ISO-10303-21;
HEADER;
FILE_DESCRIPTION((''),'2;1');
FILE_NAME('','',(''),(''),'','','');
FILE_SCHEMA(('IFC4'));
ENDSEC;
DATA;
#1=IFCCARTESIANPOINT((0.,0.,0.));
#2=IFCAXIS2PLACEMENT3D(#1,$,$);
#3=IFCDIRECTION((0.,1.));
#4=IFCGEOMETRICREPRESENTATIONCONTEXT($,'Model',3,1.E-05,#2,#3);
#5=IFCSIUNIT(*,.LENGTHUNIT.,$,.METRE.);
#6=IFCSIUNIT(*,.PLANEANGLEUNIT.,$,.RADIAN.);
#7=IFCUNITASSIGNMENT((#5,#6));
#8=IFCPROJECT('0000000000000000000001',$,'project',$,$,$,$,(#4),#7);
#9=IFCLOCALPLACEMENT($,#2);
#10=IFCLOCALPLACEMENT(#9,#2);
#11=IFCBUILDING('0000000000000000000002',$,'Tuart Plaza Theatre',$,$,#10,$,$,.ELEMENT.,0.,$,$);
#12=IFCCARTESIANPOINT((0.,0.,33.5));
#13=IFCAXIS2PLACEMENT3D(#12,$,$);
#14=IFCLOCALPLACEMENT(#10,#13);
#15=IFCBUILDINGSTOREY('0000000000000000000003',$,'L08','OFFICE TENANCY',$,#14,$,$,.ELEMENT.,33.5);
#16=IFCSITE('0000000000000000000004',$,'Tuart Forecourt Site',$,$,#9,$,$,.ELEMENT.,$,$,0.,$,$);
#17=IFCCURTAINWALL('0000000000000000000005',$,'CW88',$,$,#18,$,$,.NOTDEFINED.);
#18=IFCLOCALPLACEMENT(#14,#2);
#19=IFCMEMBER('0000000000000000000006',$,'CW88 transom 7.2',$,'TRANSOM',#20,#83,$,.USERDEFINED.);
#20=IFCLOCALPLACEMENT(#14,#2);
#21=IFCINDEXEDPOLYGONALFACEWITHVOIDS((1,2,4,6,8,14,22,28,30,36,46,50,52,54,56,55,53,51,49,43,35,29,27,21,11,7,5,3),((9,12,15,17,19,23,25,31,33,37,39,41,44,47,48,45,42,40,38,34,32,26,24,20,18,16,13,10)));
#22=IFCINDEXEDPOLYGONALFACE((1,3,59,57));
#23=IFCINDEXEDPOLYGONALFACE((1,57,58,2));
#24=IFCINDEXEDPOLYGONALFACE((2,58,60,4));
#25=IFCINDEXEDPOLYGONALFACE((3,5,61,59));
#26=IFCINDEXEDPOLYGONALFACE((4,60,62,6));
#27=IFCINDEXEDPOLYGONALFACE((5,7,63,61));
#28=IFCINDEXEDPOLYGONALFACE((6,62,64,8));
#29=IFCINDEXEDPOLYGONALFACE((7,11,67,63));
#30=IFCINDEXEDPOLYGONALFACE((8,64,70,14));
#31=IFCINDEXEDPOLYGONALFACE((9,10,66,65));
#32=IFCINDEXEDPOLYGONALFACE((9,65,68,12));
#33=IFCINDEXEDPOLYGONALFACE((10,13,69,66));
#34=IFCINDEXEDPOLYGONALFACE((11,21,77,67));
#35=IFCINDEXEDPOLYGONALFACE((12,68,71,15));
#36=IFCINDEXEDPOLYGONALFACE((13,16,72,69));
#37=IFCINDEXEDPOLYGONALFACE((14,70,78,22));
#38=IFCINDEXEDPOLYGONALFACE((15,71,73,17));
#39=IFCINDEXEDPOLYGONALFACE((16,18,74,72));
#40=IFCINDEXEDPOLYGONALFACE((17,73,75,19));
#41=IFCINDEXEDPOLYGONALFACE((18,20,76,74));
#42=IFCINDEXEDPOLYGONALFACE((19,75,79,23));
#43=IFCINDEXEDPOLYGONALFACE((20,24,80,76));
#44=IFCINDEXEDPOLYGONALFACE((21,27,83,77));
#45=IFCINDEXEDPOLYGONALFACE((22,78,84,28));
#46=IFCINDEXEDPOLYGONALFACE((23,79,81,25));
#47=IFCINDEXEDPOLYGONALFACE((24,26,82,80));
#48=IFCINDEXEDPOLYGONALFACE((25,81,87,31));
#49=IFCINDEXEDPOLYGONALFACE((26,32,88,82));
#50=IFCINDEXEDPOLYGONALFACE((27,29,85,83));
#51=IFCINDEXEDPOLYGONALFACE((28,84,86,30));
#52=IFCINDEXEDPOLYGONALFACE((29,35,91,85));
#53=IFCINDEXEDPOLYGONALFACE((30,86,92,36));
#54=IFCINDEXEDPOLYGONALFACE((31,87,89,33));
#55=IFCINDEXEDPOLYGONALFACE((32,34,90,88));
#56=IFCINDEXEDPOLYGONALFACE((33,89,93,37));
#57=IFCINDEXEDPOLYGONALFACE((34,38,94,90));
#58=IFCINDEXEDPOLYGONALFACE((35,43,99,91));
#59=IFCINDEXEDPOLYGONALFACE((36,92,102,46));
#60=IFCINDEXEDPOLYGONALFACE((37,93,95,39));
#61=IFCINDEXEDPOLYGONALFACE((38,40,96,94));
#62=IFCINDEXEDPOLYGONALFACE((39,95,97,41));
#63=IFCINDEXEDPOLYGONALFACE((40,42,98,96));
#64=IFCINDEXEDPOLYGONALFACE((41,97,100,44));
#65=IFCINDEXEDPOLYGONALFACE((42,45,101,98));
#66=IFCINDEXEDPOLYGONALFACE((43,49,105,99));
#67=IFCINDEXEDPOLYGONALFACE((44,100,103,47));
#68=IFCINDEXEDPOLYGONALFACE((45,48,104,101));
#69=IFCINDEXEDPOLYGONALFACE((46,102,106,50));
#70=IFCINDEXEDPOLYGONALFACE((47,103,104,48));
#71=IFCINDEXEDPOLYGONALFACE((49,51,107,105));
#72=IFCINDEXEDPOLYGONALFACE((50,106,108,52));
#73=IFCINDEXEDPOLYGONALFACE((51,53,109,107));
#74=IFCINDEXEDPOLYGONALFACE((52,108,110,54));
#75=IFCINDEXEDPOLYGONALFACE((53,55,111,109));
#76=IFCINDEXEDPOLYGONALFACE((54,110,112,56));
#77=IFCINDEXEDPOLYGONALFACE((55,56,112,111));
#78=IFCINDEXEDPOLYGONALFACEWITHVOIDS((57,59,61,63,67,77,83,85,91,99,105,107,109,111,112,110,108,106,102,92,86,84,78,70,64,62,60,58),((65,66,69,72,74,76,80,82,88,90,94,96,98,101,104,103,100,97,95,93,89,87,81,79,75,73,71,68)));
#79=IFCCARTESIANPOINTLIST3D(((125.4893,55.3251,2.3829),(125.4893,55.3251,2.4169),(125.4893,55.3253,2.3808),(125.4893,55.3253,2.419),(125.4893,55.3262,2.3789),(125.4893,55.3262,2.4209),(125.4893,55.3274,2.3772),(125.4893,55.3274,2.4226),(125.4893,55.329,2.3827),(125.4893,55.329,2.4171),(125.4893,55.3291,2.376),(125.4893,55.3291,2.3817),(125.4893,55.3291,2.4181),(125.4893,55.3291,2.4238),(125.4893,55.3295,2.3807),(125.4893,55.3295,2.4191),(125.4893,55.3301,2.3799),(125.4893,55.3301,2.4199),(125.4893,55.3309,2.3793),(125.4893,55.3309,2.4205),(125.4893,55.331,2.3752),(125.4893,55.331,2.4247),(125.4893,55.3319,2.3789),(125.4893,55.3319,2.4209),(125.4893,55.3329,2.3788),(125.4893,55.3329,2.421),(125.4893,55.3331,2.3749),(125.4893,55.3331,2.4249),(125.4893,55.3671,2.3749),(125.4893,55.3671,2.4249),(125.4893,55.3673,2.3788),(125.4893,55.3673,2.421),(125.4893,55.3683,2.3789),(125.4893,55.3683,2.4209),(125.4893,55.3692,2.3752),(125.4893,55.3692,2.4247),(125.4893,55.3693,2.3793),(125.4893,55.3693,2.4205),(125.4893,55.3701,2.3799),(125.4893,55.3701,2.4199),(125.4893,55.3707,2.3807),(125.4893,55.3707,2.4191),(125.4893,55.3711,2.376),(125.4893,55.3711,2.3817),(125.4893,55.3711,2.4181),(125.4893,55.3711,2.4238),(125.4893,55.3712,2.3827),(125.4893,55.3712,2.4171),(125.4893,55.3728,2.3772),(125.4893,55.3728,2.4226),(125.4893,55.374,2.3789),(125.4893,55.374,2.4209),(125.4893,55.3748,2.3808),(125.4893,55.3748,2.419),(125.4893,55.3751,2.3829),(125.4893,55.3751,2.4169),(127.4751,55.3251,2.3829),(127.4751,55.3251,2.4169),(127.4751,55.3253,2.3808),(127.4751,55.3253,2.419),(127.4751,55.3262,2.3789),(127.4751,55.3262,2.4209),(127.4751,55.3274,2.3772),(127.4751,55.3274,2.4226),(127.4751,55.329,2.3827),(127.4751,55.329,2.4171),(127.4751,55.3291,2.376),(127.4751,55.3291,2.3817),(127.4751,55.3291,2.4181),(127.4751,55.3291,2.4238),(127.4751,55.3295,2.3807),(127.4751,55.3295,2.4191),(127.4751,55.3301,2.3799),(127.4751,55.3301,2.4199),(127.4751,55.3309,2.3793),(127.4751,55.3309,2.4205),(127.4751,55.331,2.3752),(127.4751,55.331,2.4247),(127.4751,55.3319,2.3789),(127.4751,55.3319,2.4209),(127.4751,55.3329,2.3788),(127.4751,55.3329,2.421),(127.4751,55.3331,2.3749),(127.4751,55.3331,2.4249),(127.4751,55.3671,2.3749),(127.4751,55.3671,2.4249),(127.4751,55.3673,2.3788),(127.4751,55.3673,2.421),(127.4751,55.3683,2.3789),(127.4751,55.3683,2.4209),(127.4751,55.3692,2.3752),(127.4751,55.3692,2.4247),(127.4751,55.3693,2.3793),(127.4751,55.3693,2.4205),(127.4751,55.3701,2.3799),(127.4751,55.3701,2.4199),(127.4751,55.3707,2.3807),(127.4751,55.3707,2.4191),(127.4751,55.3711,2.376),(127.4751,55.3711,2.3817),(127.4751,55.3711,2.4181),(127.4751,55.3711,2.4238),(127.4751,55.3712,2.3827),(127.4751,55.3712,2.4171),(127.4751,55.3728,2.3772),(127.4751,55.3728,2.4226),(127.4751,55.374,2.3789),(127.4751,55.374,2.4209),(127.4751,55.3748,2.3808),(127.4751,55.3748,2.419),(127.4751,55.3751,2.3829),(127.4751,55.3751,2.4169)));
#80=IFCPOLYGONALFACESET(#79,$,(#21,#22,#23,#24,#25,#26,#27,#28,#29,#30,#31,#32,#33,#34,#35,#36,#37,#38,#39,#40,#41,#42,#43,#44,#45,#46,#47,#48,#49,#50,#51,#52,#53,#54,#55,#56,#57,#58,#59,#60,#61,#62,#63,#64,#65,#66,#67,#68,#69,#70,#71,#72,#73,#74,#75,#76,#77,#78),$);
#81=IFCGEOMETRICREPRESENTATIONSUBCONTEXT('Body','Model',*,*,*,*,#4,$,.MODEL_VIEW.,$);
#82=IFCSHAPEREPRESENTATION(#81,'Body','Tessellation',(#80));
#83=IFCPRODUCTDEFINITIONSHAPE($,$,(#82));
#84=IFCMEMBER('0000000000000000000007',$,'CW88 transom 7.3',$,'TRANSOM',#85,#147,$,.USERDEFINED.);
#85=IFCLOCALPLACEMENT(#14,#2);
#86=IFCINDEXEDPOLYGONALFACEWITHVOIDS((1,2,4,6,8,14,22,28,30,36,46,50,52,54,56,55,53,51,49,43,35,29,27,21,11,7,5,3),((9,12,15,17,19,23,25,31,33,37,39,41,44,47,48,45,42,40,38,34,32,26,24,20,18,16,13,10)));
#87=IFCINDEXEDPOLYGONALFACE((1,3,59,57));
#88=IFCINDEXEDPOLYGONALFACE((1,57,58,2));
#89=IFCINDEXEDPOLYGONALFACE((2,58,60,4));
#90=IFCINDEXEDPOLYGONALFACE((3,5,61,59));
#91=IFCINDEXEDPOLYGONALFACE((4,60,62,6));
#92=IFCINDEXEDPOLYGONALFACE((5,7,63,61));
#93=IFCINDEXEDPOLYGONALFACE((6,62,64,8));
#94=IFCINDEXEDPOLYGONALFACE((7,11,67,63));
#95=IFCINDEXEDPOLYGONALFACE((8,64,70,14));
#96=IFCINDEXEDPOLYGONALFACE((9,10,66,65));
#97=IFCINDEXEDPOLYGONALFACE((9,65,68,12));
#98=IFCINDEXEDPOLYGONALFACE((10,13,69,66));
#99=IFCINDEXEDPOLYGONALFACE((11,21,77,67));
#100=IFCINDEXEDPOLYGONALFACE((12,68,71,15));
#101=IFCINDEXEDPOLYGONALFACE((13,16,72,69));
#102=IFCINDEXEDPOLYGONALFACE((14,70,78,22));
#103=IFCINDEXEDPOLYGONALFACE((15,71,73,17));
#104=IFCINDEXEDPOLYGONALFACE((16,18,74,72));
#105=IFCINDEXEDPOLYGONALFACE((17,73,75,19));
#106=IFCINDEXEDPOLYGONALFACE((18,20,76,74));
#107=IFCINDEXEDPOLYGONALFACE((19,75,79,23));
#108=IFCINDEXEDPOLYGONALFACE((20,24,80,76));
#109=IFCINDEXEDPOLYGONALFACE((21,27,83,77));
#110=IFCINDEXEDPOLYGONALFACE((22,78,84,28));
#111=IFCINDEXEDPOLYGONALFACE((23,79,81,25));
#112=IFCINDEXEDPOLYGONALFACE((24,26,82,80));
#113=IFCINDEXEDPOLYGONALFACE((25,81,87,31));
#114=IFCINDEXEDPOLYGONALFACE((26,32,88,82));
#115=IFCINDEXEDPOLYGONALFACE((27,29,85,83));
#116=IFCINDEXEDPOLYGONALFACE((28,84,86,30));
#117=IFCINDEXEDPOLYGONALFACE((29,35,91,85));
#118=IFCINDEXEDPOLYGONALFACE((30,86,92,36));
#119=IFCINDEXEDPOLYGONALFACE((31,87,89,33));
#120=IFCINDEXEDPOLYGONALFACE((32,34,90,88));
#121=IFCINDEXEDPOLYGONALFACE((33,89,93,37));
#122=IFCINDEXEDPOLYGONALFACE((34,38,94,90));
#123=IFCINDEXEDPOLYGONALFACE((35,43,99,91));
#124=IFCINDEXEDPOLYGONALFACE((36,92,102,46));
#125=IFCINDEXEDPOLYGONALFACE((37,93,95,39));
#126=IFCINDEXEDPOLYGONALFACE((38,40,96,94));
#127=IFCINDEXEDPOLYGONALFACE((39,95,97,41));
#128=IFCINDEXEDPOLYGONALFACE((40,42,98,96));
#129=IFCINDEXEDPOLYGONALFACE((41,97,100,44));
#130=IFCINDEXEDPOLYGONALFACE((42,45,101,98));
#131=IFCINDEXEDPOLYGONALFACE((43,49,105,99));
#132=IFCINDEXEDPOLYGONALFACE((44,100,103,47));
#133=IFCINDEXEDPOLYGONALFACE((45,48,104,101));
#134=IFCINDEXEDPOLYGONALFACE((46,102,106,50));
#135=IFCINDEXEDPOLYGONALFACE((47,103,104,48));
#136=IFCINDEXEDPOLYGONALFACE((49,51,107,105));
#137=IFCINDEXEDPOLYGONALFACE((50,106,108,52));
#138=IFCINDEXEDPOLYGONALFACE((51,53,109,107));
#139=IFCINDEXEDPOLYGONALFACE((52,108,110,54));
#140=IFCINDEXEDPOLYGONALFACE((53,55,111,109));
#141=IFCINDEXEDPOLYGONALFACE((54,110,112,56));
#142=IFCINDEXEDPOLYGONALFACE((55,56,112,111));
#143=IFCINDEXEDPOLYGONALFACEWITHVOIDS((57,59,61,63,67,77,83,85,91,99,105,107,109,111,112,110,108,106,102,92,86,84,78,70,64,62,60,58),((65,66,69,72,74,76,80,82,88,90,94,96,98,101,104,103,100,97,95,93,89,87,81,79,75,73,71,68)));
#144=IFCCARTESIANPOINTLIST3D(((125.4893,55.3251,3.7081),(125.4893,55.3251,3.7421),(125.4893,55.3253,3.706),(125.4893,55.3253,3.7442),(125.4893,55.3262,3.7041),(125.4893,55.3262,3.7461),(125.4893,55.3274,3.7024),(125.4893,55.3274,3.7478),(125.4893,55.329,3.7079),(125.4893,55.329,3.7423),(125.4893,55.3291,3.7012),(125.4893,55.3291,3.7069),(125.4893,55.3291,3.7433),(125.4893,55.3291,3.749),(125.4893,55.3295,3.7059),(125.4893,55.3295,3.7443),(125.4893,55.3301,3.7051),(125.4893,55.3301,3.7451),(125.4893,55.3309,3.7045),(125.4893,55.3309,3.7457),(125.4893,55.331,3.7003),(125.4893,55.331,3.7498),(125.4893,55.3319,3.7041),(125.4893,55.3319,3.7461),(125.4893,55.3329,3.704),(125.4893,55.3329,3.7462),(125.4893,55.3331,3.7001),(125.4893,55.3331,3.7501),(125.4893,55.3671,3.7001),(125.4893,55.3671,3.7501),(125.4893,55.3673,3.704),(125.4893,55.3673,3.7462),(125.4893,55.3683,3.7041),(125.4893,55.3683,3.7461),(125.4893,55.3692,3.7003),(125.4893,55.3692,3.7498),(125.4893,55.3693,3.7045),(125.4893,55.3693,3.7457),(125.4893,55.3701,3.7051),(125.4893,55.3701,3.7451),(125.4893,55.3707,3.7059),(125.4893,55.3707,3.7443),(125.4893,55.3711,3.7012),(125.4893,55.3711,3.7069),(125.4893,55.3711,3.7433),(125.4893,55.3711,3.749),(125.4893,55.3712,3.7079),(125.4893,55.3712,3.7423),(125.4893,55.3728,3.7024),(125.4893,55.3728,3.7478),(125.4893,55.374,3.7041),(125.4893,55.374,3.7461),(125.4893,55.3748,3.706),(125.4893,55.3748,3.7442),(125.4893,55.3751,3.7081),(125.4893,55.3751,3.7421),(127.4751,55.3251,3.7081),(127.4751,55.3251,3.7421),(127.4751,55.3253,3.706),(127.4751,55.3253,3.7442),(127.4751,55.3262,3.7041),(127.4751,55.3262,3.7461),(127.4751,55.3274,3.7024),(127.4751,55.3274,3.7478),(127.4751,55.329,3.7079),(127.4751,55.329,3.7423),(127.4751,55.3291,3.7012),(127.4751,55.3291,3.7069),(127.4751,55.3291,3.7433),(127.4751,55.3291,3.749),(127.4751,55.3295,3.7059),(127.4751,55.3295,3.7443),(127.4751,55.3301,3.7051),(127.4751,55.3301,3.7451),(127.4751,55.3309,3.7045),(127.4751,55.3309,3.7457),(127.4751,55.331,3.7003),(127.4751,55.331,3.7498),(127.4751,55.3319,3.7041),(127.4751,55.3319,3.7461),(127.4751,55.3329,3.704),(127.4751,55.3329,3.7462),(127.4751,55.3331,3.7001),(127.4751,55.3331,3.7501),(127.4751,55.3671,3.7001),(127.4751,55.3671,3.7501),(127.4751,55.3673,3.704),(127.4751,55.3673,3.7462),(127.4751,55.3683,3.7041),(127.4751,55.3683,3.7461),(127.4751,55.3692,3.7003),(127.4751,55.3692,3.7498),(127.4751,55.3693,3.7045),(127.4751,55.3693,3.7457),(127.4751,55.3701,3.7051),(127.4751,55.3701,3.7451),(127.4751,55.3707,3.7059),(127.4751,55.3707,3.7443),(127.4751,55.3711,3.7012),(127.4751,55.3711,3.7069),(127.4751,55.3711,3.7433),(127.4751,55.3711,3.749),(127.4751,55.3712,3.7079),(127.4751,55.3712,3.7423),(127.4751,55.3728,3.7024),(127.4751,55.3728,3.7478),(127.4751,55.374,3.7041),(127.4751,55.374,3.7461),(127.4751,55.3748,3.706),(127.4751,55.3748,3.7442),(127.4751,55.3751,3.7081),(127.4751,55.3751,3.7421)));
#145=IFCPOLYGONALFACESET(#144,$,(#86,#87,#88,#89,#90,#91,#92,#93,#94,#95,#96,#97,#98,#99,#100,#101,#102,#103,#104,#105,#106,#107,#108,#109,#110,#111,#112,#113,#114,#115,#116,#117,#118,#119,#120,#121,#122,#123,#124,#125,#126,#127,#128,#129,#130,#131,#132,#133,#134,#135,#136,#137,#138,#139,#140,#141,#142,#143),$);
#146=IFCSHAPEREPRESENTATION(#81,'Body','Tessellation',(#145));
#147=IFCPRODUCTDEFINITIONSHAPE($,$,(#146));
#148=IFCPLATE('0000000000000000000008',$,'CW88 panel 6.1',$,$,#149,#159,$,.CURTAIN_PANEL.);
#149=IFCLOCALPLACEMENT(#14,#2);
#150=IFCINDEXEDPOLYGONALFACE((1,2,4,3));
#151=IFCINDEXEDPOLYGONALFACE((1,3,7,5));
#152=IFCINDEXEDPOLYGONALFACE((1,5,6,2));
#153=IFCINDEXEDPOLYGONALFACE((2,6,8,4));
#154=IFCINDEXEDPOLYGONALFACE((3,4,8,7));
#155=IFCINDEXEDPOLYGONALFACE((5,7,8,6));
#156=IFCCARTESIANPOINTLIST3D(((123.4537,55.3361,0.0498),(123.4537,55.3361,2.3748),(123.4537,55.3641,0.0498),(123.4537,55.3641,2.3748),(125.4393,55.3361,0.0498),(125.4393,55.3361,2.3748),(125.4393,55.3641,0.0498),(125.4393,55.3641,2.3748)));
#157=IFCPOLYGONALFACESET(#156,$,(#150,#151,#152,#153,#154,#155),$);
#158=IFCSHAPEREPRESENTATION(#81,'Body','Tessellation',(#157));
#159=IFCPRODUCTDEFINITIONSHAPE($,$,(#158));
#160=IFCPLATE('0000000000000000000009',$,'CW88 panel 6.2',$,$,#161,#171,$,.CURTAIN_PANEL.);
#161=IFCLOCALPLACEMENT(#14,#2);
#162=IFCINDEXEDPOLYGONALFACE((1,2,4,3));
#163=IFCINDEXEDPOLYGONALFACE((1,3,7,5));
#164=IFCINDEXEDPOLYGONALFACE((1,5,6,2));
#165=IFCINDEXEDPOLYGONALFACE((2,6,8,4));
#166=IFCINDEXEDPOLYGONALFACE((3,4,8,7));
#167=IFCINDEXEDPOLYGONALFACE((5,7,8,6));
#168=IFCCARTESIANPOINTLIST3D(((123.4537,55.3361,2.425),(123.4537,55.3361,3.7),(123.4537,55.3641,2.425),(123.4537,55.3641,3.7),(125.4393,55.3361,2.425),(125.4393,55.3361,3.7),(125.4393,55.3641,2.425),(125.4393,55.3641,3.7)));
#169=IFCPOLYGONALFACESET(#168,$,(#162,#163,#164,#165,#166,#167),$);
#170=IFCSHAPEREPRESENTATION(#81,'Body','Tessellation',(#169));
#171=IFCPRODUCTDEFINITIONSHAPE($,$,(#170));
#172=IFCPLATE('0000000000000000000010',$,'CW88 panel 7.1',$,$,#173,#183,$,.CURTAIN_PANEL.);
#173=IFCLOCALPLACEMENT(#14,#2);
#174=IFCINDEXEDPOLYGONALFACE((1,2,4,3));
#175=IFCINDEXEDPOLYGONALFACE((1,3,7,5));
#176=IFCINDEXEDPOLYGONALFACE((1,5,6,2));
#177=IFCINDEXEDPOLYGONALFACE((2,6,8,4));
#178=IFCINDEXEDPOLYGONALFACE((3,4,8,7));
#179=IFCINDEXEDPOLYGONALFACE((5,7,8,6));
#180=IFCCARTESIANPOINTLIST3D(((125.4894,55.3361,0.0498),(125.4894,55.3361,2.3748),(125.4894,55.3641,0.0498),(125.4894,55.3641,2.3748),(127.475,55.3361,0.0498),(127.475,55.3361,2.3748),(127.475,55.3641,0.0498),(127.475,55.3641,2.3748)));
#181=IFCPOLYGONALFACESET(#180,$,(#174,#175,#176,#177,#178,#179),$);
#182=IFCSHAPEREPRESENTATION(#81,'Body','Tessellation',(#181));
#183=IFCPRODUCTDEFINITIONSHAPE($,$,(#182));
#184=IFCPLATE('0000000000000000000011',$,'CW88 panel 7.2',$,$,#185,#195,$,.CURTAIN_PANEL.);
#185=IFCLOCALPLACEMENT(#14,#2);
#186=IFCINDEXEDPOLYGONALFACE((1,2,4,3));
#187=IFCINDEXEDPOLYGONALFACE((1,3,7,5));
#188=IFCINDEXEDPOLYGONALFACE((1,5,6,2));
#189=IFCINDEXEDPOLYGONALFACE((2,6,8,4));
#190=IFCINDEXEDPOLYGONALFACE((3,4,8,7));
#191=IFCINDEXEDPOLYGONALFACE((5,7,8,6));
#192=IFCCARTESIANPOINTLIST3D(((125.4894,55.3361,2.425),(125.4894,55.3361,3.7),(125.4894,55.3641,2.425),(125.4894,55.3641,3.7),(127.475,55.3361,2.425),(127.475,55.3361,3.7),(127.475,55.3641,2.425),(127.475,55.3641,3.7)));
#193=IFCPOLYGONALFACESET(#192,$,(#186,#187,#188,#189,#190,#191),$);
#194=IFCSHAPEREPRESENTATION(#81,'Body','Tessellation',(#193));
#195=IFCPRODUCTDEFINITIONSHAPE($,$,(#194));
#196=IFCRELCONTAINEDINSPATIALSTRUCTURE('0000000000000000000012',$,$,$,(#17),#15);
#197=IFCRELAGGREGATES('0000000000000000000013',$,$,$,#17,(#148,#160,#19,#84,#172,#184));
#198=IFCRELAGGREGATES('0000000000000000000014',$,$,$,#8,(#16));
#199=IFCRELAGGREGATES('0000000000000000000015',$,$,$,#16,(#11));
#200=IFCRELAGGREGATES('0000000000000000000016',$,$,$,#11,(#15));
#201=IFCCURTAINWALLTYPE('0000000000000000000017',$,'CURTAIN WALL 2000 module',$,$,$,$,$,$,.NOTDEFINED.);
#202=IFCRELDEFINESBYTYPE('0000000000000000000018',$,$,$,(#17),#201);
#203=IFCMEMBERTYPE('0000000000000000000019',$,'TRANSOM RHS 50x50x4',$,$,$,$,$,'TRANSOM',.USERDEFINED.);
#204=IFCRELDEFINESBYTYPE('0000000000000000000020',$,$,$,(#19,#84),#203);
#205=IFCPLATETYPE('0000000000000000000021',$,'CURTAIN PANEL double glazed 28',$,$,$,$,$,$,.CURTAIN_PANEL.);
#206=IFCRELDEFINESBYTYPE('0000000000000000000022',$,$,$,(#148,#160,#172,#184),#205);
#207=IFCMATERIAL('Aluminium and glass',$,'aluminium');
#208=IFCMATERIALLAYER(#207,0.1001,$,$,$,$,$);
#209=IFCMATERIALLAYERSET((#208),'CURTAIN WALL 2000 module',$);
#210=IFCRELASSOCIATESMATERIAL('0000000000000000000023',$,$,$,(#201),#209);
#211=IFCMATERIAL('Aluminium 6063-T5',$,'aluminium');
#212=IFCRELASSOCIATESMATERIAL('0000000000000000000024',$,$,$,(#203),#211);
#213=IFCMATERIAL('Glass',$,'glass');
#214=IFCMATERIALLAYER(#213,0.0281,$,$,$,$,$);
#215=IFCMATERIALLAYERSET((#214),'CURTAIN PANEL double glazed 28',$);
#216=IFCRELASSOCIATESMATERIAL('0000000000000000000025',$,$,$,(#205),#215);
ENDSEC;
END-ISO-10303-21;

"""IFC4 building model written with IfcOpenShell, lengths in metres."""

from ifc_helpers import new_model, si_unit, direction, frame, origin, origin_2d, place, context, subcontext, project, spatial, rectangle, hollow_rectangle, extrude, material, layer, layer_set, material_profile, profile_set, type_object, element, aggregate, save


model = new_model("IFC4")

# Units and contexts
model_context = context("Model", 3, precision=1e-05, world=origin(), true_north=direction((0.0, 1.0)))
body_context = subcontext(model_context, "Body", "Model", "MODEL_VIEW")
ifc_project = project(units=[si_unit("LENGTHUNIT", "METRE"), si_unit("PLANEANGLEUNIT", "RADIAN")], contexts=[model_context])

# Site, building, storey
site_placement = place(None, origin())
site = spatial("IfcSite", under=ifc_project, at=site_placement, Name="Tuart Forecourt Site", CompositionType="ELEMENT", RefElevation=0.0)
building_placement = place(site_placement, origin())
building = spatial("IfcBuilding", under=site, at=building_placement, Name="Tuart Plaza Theatre", CompositionType="ELEMENT", ElevationOfRefHeight=0.0)
storey_placement = place(building_placement, frame((0.0, 0.0, 33.5)))
storey = spatial("IfcBuildingStorey", under=building, at=storey_placement, Name="L08", Description="OFFICE TENANCY", CompositionType="ELEMENT", Elevation=33.5)

# Curtain wall, members, plates
ifc_material_1 = material(Name="Aluminium and glass", Category="aluminium")
ifc_layer_1 = layer(ifc_material_1, 0.1001)
ifc_layer_set_1 = layer_set([ifc_layer_1], Name="CURTAIN WALL 2000 module")
curtain_wall_type = type_object("IfcCurtainWallType", Name="CURTAIN WALL 2000 module", PredefinedType="NOTDEFINED", material=ifc_layer_set_1)
curtain_wall_placement = place(storey_placement, origin())
curtain_wall = element("IfcCurtainWall", 1, at=curtain_wall_placement, inside=storey, type_object=curtain_wall_type, Name="CW88", PredefinedType="NOTDEFINED")
ifc_material_2 = material(Name="Aluminium 6063-T5", Category="aluminium")
ifc_material_profile_1 = material_profile(ifc_material_2, hollow_rectangle(XDim=0.05, YDim=0.05, WallThickness=0.0039, InnerFilletRadius=0.0039, OuterFilletRadius=0.0081, at=origin_2d()), Name="RHS 50x50x4")
ifc_profile_set_1 = profile_set([ifc_material_profile_1], Name="Aluminium 6063-T5")
member_type_1 = type_object("IfcMemberType", Name="TRANSOM RHS 50x50x4", ElementType="TRANSOM", PredefinedType="USERDEFINED", material=ifc_profile_set_1)
member_1_placement = place(storey_placement, frame((125.4893, 55.3501, 2.3999), z_axis=(1.0, 0.0, 0.0), x_axis=(0.0, 1.0, 0.0)))
member_1 = element("IfcMember", 2, at=member_1_placement, type_object=member_type_1, Name="CW88 transom 7.2", ObjectType="TRANSOM", PredefinedType="USERDEFINED", context=body_context, shape_type="SweptSolid", body=[
    extrude(hollow_rectangle(XDim=0.05, YDim=0.05, WallThickness=0.0039, InnerFilletRadius=0.0039, OuterFilletRadius=0.0081, at=origin_2d()), origin(), (0.0, 0.0, 1.0), 1.9858),
])
member_2_placement = place(storey_placement, frame((125.4893, 55.3501, 3.7251), z_axis=(1.0, 0.0, 0.0), x_axis=(0.0, 1.0, 0.0)))
member_2 = element("IfcMember", 3, at=member_2_placement, type_object=member_type_1, Name="CW88 transom 7.3", ObjectType="TRANSOM", PredefinedType="USERDEFINED", context=body_context, shape_type="SweptSolid", body=[
    extrude(hollow_rectangle(XDim=0.05, YDim=0.05, WallThickness=0.0039, InnerFilletRadius=0.0039, OuterFilletRadius=0.0081, at=origin_2d()), origin(), (0.0, 0.0, 1.0), 1.9858),
])
ifc_material_3 = material(Name="Glass", Category="glass")
ifc_layer_2 = layer(ifc_material_3, 0.0281)
ifc_layer_set_2 = layer_set([ifc_layer_2], Name="CURTAIN PANEL double glazed 28")
plate_type = type_object("IfcPlateType", Name="CURTAIN PANEL double glazed 28", PredefinedType="CURTAIN_PANEL", material=ifc_layer_set_2)
plate_1_placement = place(storey_placement, frame((124.4465, 55.3501, 0.0498), z_axis=(0.0, 0.0, 1.0), x_axis=(1.0, 0.0, 0.0)))
plate_1 = element("IfcPlate", 4, at=plate_1_placement, type_object=plate_type, Name="CW88 panel 6.1", PredefinedType="CURTAIN_PANEL", context=body_context, shape_type="SweptSolid", body=[
    extrude(rectangle(XDim=1.9856, YDim=0.0281, at=origin_2d()), origin(), (0.0, 0.0, 1.0), 2.325),
])
plate_2_placement = place(storey_placement, frame((124.4465, 55.3501, 2.425), z_axis=(0.0, 0.0, 1.0), x_axis=(1.0, 0.0, 0.0)))
plate_2 = element("IfcPlate", 5, at=plate_2_placement, type_object=plate_type, Name="CW88 panel 6.2", PredefinedType="CURTAIN_PANEL", context=body_context, shape_type="SweptSolid", body=[
    extrude(rectangle(XDim=1.9856, YDim=0.0281, at=origin_2d()), origin(), (0.0, 0.0, 1.0), 1.2749),
])
plate_3_placement = place(storey_placement, frame((126.4822, 55.3501, 0.0498), z_axis=(0.0, 0.0, 1.0), x_axis=(1.0, 0.0, 0.0)))
plate_3 = element("IfcPlate", 6, at=plate_3_placement, type_object=plate_type, Name="CW88 panel 7.1", PredefinedType="CURTAIN_PANEL", context=body_context, shape_type="SweptSolid", body=[
    extrude(rectangle(XDim=1.9856, YDim=0.0281, at=origin_2d()), origin(), (0.0, 0.0, 1.0), 2.325),
])
plate_4_placement = place(storey_placement, frame((126.4822, 55.3501, 2.425), z_axis=(0.0, 0.0, 1.0), x_axis=(1.0, 0.0, 0.0)))
plate_4 = element("IfcPlate", 7, at=plate_4_placement, type_object=plate_type, Name="CW88 panel 7.2", PredefinedType="CURTAIN_PANEL", context=body_context, shape_type="SweptSolid", body=[
    extrude(rectangle(XDim=1.9856, YDim=0.0281, at=origin_2d()), origin(), (0.0, 0.0, 1.0), 1.2749),
])
aggregate(curtain_wall, [plate_1, plate_2, member_1, member_2, plate_3, plate_4])

save(model, "model.ifc")
